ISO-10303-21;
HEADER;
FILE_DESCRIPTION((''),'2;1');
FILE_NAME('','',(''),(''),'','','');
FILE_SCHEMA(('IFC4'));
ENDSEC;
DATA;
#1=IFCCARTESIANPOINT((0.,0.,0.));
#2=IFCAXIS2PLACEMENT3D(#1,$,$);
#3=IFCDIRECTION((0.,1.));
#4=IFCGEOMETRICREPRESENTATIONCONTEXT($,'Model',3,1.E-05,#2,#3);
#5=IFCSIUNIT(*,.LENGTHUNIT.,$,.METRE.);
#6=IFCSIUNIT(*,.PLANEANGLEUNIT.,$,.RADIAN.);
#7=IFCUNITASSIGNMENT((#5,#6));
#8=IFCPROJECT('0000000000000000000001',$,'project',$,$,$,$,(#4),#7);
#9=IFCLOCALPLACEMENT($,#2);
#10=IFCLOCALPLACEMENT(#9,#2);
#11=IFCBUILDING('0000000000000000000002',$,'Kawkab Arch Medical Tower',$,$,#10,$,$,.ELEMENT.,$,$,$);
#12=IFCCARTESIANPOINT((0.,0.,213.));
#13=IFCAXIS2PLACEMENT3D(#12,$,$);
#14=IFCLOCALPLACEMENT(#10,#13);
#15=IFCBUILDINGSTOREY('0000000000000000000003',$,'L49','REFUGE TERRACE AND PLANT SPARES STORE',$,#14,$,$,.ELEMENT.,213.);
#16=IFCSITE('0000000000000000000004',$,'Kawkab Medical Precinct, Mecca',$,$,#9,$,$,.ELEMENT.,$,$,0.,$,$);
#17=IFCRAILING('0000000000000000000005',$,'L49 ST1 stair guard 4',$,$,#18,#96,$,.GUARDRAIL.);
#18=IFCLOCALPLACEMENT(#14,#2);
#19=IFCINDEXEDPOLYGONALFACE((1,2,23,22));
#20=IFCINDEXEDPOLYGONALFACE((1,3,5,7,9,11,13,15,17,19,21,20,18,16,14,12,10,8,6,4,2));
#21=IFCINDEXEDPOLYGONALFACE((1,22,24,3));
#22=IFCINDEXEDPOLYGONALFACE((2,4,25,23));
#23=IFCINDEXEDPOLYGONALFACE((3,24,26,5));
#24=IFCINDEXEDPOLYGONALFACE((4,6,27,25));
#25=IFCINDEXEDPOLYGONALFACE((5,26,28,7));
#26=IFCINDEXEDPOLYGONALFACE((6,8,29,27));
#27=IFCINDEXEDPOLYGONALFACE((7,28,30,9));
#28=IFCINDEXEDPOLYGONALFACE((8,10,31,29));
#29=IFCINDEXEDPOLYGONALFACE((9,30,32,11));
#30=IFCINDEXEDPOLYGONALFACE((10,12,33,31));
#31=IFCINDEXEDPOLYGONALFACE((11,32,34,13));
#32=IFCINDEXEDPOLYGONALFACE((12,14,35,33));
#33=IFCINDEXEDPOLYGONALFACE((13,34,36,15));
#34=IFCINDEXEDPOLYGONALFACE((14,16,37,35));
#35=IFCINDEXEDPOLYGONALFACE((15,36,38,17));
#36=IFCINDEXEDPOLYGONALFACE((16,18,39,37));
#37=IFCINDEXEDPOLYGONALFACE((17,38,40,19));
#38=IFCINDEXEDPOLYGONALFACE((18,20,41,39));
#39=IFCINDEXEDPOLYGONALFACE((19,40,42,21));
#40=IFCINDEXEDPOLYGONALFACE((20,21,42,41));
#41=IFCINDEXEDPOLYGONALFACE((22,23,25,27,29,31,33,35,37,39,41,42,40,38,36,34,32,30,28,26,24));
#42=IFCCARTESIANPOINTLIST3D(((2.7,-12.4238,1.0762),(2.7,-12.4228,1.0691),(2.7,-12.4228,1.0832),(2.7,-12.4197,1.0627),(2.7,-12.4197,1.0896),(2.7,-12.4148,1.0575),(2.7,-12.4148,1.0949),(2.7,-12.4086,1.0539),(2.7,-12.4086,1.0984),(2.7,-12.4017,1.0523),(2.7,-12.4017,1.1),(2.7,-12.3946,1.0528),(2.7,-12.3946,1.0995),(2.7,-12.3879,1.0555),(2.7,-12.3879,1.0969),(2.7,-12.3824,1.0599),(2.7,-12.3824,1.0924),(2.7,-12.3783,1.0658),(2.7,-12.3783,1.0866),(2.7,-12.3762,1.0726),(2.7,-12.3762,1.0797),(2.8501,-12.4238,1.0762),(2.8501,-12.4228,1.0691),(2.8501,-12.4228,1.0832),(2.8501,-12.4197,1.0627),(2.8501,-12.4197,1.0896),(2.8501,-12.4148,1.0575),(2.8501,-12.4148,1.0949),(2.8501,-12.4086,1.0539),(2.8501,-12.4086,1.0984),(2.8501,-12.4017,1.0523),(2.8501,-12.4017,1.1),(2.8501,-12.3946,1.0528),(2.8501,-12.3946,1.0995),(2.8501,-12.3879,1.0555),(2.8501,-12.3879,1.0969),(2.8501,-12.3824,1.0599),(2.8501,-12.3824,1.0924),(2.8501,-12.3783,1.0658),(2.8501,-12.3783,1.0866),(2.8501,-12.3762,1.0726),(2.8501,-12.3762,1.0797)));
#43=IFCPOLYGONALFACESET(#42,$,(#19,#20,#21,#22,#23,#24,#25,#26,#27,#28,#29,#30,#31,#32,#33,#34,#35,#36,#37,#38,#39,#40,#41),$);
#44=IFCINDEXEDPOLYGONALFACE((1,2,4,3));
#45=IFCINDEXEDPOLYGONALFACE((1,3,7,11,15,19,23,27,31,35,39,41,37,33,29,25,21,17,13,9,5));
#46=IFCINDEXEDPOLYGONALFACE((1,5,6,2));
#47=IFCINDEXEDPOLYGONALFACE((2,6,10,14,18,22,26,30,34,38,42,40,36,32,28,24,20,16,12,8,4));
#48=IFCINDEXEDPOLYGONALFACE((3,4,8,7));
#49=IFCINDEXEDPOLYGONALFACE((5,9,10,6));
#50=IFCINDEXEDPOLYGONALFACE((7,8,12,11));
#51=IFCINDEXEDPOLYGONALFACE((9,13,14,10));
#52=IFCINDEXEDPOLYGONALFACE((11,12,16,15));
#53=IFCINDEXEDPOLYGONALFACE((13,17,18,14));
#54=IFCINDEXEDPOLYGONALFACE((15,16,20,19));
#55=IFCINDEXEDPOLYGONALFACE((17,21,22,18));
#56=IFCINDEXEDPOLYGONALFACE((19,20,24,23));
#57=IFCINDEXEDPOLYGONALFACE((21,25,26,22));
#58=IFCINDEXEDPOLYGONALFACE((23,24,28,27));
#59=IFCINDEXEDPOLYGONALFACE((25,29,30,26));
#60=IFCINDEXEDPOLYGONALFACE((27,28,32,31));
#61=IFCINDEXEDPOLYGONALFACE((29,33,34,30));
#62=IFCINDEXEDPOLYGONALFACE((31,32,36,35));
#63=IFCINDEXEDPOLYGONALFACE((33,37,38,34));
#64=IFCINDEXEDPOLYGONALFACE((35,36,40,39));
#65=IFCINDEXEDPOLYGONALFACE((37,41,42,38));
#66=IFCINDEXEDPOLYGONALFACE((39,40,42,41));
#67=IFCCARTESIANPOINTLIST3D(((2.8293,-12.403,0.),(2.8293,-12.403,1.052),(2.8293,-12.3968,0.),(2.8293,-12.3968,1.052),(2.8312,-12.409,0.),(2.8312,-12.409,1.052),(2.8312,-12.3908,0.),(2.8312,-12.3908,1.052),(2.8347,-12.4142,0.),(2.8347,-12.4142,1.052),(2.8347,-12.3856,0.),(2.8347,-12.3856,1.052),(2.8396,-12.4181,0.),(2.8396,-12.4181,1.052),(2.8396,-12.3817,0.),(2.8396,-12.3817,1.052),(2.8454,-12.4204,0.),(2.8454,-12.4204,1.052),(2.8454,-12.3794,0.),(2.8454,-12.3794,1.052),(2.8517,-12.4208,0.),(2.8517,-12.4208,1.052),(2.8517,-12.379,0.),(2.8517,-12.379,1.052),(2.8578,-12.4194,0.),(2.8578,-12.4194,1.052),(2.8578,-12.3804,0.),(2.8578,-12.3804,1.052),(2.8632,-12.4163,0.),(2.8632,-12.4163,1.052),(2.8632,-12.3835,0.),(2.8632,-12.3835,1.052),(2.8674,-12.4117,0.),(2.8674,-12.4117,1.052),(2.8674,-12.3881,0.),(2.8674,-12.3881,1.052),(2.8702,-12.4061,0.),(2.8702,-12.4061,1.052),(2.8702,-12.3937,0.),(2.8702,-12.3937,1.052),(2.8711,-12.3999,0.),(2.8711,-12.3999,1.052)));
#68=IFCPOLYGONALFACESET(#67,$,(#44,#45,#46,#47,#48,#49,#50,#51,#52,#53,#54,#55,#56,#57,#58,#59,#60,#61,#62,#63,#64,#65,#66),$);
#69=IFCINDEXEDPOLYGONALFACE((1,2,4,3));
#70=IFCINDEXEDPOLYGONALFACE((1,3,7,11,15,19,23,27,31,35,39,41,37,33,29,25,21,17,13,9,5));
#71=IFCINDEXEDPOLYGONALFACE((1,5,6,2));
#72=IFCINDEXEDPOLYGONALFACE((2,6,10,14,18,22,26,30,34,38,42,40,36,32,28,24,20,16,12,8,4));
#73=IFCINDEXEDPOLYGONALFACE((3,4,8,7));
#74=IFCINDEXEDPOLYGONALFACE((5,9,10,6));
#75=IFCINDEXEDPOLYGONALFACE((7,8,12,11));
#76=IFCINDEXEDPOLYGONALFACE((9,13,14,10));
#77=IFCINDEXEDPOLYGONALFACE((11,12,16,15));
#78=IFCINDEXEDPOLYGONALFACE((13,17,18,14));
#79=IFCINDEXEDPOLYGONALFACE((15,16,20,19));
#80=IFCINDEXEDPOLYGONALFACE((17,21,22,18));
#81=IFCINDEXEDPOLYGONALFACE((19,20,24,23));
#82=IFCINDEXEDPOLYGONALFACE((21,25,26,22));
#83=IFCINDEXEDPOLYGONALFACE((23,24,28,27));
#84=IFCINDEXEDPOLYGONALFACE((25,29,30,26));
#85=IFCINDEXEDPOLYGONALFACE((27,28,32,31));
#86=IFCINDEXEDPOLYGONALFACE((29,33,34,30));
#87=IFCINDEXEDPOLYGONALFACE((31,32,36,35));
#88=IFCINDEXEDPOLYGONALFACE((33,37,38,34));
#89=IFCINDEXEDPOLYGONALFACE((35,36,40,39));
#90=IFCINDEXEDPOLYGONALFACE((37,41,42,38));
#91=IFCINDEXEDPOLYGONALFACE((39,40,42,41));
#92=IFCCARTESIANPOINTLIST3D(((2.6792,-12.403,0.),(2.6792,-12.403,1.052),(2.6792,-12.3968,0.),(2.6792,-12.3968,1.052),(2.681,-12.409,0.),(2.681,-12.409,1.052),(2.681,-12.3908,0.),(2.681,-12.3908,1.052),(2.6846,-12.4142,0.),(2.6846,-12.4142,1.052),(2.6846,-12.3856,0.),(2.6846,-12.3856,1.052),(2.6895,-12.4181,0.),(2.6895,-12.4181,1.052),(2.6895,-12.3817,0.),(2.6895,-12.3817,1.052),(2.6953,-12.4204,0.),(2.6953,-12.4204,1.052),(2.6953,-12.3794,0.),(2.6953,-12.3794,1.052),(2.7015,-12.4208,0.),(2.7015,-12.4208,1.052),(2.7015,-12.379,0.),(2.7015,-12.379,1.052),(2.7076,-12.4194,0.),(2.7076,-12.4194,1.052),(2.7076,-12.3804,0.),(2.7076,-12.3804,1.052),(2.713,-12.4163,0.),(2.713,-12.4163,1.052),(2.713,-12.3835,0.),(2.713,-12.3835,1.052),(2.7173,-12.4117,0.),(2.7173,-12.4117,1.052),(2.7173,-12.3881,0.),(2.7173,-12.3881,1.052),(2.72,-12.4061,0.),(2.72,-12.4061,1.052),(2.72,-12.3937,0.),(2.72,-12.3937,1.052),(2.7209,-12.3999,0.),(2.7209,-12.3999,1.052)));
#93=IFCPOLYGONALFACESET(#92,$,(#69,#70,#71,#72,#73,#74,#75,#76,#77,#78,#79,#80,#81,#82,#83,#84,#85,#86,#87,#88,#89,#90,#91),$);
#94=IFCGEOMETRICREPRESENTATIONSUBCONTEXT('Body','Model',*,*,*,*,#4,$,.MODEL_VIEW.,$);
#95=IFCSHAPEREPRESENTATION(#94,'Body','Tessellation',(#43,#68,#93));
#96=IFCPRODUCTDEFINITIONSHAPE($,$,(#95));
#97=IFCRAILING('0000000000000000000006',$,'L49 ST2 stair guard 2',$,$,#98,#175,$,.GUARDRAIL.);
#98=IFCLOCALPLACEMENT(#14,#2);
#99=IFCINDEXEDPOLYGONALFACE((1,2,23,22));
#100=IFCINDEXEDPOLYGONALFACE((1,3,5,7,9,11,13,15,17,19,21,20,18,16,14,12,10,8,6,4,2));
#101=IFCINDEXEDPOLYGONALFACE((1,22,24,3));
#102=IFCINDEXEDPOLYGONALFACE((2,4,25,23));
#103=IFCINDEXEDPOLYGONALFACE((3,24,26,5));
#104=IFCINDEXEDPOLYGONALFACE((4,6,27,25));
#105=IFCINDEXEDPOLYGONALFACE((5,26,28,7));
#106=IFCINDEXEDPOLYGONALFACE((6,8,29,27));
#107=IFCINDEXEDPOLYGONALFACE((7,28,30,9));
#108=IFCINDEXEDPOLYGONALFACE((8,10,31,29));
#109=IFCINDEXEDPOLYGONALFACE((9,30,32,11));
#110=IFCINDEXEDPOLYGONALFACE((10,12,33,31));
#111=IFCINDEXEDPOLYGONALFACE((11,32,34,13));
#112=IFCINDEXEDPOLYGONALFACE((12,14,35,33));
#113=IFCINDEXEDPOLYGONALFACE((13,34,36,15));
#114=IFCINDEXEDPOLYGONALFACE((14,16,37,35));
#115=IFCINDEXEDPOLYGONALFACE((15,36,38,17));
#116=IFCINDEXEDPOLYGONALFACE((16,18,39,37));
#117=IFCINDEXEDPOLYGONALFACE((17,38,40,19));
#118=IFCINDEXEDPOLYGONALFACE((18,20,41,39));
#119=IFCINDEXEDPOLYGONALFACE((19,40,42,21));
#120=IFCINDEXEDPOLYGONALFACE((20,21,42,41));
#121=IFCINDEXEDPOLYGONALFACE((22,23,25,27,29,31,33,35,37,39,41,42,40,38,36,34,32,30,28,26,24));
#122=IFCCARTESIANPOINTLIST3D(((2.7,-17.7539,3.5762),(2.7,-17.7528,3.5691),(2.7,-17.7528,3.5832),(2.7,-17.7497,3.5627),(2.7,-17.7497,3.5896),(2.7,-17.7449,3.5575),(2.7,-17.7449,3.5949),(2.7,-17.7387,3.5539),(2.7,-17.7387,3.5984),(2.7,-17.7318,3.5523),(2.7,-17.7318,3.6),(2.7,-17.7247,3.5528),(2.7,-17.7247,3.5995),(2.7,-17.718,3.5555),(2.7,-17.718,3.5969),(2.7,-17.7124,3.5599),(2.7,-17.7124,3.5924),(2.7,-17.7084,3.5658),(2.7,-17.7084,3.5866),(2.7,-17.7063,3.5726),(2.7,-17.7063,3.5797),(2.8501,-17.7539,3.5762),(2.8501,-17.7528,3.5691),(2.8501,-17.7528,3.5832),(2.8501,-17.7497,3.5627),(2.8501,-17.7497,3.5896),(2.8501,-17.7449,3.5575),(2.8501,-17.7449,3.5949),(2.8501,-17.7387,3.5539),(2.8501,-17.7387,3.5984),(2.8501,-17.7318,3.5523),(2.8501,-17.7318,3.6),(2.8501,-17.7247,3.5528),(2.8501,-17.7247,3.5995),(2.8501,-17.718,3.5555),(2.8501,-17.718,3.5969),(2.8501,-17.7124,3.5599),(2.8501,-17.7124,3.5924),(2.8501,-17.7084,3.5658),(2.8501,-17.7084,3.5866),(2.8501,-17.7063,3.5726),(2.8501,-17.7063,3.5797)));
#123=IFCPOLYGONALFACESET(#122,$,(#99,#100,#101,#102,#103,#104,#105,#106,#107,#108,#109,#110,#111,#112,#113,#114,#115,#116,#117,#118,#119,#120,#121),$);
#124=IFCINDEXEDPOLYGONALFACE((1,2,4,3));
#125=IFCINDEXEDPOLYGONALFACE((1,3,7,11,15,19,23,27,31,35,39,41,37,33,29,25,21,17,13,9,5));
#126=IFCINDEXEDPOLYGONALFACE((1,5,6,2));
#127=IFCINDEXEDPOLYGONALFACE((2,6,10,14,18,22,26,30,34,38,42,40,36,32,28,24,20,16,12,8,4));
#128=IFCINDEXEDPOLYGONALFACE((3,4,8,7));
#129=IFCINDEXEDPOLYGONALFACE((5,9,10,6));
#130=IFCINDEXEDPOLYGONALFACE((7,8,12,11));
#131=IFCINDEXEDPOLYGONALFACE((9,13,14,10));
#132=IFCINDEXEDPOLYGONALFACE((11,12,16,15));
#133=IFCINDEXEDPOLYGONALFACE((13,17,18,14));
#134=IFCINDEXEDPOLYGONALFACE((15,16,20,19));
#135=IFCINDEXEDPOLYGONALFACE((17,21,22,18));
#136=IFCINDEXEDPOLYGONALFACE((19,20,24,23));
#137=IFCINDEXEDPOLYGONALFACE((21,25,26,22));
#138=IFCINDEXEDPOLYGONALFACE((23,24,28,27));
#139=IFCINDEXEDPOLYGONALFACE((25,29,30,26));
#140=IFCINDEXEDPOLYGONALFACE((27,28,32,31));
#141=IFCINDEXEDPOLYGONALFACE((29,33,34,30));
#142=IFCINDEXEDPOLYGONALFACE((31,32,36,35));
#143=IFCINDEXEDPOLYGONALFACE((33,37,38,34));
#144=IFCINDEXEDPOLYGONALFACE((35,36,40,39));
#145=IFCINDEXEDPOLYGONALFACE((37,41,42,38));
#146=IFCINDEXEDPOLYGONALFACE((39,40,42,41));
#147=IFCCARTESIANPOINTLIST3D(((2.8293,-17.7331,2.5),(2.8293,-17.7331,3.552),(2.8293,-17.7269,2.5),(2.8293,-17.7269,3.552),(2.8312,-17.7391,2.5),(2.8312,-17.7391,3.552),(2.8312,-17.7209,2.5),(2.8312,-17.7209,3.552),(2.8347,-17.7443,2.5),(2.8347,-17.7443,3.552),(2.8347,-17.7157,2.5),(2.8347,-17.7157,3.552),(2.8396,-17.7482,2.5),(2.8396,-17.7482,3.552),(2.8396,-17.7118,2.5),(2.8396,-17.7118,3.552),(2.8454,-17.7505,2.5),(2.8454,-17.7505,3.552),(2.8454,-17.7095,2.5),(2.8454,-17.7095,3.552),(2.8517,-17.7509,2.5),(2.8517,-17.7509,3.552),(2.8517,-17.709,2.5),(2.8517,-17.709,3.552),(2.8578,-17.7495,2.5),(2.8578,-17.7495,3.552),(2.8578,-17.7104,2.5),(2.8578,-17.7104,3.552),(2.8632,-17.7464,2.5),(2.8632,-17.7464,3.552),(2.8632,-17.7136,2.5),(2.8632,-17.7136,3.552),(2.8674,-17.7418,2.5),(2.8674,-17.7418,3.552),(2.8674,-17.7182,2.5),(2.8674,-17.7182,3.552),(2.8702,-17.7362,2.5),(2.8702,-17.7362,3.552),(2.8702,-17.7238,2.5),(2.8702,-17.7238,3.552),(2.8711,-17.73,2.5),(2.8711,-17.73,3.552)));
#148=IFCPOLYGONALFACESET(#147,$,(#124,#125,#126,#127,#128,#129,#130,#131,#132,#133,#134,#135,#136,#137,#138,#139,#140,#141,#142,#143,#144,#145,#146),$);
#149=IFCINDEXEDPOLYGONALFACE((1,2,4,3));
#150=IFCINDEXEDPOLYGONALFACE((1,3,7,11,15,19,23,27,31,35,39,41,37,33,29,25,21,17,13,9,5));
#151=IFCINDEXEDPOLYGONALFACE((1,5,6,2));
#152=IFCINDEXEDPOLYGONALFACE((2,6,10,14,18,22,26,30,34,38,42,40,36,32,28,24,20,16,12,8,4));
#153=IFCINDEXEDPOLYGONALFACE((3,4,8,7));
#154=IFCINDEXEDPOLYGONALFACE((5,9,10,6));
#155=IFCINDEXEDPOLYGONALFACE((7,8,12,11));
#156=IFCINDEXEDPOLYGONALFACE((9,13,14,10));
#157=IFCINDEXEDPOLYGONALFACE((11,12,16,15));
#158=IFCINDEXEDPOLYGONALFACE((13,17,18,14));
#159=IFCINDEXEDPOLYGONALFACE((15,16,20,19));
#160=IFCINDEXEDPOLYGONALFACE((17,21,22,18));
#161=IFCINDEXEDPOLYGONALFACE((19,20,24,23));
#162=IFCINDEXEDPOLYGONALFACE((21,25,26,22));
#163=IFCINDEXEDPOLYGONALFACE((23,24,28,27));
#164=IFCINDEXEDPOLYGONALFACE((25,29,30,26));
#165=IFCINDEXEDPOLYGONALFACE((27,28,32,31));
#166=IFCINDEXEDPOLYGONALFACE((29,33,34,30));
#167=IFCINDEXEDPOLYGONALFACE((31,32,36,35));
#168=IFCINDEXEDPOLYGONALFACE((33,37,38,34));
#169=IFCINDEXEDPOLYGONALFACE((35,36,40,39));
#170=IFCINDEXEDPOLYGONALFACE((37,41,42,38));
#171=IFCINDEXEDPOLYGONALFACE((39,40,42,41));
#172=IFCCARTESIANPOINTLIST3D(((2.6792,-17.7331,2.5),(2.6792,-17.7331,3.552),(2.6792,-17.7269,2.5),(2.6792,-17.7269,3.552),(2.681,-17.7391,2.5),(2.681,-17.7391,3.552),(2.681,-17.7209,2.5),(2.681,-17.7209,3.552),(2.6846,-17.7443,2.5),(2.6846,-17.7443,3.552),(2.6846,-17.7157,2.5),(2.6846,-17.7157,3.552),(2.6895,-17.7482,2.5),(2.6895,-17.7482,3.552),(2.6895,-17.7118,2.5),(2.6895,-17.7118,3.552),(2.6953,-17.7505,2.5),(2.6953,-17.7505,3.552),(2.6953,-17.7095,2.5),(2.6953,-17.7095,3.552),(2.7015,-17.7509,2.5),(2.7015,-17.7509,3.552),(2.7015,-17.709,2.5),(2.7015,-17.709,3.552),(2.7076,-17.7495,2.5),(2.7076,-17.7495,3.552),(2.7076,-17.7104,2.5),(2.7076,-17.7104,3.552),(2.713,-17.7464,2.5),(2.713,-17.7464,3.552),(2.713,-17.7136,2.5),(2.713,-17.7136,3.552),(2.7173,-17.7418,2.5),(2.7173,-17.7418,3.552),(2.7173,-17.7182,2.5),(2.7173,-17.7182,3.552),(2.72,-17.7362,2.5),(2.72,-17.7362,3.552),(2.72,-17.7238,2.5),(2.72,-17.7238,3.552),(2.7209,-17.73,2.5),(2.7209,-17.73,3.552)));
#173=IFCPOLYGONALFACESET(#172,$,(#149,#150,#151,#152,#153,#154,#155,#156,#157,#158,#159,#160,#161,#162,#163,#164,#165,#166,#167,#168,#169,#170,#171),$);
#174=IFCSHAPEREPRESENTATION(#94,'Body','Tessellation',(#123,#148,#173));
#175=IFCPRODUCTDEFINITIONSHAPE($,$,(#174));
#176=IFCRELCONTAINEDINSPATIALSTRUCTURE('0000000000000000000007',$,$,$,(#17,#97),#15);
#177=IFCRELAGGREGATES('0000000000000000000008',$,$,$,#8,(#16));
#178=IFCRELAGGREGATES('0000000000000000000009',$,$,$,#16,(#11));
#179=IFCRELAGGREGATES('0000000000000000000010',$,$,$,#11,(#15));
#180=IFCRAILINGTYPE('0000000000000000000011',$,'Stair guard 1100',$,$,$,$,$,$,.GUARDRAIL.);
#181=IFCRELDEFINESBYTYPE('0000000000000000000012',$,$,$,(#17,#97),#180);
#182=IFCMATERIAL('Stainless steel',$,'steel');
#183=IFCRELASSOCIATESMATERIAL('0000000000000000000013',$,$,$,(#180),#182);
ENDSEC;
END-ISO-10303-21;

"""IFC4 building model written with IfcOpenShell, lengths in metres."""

from ifc_helpers import new_model, si_unit, direction, frame, origin, origin_2d, place, context, subcontext, project, spatial, circle, extrude, material, type_object, element, save


model = new_model("IFC4")

# Units and contexts
model_context = context("Model", 3, precision=1e-05, world=origin(), true_north=direction((0.0, 1.0)))
body_context = subcontext(model_context, "Body", "Model", "MODEL_VIEW")
ifc_project = project(units=[si_unit("LENGTHUNIT", "METRE"), si_unit("PLANEANGLEUNIT", "RADIAN")], contexts=[model_context])

# Site, building, storey
site_placement = place(None, origin())
site = spatial("IfcSite", under=ifc_project, at=site_placement, Name="Kawkab Medical Precinct, Mecca", CompositionType="ELEMENT", RefElevation=0.0)
building_placement = place(site_placement, origin())
building = spatial("IfcBuilding", under=site, at=building_placement, Name="Kawkab Arch Medical Tower", CompositionType="ELEMENT")
storey_placement = place(building_placement, frame((0.0, 0.0, 213.0)))
storey = spatial("IfcBuildingStorey", under=building, at=storey_placement, Name="L49", Description="REFUGE TERRACE AND PLANT SPARES STORE", CompositionType="ELEMENT", Elevation=213.0)

# Railings
ifc_material_1 = material(Name="Stainless steel", Category="steel")
railing_type = type_object("IfcRailingType", Name="Stair guard 1100", PredefinedType="GUARDRAIL", material=ifc_material_1)
for number, where, name in (
    (1, (2.8501, -12.3999, 0.0), "L49 ST1 stair guard 4"),
    (2, (2.8501, -17.73, 2.5), "L49 ST2 stair guard 2"),
):
    element("IfcRailing", number, at=place(storey_placement, frame(where)), inside=storey, type_object=railing_type, Name=name, PredefinedType="GUARDRAIL", context=body_context, shape_type="SweptSolid", body=[
        extrude(circle(Radius=0.0239, at=origin_2d()), frame((0.0, 0.0, 1.0762), z_axis=(-1.0, 0.0, 0.0), x_axis=(0.0, -1.0, 0.0)), (0.0, 0.0, 1.0), 0.1501),
        extrude(circle(Radius=0.021, at=origin_2d()), origin(), (0.0, 0.0, 1.0), 1.052),
        extrude(circle(Radius=0.021, at=origin_2d()), frame((-0.1501, 0.0, 0.0)), (0.0, 0.0, 1.0), 1.052),
    ])

save(model, "model.ifc")
